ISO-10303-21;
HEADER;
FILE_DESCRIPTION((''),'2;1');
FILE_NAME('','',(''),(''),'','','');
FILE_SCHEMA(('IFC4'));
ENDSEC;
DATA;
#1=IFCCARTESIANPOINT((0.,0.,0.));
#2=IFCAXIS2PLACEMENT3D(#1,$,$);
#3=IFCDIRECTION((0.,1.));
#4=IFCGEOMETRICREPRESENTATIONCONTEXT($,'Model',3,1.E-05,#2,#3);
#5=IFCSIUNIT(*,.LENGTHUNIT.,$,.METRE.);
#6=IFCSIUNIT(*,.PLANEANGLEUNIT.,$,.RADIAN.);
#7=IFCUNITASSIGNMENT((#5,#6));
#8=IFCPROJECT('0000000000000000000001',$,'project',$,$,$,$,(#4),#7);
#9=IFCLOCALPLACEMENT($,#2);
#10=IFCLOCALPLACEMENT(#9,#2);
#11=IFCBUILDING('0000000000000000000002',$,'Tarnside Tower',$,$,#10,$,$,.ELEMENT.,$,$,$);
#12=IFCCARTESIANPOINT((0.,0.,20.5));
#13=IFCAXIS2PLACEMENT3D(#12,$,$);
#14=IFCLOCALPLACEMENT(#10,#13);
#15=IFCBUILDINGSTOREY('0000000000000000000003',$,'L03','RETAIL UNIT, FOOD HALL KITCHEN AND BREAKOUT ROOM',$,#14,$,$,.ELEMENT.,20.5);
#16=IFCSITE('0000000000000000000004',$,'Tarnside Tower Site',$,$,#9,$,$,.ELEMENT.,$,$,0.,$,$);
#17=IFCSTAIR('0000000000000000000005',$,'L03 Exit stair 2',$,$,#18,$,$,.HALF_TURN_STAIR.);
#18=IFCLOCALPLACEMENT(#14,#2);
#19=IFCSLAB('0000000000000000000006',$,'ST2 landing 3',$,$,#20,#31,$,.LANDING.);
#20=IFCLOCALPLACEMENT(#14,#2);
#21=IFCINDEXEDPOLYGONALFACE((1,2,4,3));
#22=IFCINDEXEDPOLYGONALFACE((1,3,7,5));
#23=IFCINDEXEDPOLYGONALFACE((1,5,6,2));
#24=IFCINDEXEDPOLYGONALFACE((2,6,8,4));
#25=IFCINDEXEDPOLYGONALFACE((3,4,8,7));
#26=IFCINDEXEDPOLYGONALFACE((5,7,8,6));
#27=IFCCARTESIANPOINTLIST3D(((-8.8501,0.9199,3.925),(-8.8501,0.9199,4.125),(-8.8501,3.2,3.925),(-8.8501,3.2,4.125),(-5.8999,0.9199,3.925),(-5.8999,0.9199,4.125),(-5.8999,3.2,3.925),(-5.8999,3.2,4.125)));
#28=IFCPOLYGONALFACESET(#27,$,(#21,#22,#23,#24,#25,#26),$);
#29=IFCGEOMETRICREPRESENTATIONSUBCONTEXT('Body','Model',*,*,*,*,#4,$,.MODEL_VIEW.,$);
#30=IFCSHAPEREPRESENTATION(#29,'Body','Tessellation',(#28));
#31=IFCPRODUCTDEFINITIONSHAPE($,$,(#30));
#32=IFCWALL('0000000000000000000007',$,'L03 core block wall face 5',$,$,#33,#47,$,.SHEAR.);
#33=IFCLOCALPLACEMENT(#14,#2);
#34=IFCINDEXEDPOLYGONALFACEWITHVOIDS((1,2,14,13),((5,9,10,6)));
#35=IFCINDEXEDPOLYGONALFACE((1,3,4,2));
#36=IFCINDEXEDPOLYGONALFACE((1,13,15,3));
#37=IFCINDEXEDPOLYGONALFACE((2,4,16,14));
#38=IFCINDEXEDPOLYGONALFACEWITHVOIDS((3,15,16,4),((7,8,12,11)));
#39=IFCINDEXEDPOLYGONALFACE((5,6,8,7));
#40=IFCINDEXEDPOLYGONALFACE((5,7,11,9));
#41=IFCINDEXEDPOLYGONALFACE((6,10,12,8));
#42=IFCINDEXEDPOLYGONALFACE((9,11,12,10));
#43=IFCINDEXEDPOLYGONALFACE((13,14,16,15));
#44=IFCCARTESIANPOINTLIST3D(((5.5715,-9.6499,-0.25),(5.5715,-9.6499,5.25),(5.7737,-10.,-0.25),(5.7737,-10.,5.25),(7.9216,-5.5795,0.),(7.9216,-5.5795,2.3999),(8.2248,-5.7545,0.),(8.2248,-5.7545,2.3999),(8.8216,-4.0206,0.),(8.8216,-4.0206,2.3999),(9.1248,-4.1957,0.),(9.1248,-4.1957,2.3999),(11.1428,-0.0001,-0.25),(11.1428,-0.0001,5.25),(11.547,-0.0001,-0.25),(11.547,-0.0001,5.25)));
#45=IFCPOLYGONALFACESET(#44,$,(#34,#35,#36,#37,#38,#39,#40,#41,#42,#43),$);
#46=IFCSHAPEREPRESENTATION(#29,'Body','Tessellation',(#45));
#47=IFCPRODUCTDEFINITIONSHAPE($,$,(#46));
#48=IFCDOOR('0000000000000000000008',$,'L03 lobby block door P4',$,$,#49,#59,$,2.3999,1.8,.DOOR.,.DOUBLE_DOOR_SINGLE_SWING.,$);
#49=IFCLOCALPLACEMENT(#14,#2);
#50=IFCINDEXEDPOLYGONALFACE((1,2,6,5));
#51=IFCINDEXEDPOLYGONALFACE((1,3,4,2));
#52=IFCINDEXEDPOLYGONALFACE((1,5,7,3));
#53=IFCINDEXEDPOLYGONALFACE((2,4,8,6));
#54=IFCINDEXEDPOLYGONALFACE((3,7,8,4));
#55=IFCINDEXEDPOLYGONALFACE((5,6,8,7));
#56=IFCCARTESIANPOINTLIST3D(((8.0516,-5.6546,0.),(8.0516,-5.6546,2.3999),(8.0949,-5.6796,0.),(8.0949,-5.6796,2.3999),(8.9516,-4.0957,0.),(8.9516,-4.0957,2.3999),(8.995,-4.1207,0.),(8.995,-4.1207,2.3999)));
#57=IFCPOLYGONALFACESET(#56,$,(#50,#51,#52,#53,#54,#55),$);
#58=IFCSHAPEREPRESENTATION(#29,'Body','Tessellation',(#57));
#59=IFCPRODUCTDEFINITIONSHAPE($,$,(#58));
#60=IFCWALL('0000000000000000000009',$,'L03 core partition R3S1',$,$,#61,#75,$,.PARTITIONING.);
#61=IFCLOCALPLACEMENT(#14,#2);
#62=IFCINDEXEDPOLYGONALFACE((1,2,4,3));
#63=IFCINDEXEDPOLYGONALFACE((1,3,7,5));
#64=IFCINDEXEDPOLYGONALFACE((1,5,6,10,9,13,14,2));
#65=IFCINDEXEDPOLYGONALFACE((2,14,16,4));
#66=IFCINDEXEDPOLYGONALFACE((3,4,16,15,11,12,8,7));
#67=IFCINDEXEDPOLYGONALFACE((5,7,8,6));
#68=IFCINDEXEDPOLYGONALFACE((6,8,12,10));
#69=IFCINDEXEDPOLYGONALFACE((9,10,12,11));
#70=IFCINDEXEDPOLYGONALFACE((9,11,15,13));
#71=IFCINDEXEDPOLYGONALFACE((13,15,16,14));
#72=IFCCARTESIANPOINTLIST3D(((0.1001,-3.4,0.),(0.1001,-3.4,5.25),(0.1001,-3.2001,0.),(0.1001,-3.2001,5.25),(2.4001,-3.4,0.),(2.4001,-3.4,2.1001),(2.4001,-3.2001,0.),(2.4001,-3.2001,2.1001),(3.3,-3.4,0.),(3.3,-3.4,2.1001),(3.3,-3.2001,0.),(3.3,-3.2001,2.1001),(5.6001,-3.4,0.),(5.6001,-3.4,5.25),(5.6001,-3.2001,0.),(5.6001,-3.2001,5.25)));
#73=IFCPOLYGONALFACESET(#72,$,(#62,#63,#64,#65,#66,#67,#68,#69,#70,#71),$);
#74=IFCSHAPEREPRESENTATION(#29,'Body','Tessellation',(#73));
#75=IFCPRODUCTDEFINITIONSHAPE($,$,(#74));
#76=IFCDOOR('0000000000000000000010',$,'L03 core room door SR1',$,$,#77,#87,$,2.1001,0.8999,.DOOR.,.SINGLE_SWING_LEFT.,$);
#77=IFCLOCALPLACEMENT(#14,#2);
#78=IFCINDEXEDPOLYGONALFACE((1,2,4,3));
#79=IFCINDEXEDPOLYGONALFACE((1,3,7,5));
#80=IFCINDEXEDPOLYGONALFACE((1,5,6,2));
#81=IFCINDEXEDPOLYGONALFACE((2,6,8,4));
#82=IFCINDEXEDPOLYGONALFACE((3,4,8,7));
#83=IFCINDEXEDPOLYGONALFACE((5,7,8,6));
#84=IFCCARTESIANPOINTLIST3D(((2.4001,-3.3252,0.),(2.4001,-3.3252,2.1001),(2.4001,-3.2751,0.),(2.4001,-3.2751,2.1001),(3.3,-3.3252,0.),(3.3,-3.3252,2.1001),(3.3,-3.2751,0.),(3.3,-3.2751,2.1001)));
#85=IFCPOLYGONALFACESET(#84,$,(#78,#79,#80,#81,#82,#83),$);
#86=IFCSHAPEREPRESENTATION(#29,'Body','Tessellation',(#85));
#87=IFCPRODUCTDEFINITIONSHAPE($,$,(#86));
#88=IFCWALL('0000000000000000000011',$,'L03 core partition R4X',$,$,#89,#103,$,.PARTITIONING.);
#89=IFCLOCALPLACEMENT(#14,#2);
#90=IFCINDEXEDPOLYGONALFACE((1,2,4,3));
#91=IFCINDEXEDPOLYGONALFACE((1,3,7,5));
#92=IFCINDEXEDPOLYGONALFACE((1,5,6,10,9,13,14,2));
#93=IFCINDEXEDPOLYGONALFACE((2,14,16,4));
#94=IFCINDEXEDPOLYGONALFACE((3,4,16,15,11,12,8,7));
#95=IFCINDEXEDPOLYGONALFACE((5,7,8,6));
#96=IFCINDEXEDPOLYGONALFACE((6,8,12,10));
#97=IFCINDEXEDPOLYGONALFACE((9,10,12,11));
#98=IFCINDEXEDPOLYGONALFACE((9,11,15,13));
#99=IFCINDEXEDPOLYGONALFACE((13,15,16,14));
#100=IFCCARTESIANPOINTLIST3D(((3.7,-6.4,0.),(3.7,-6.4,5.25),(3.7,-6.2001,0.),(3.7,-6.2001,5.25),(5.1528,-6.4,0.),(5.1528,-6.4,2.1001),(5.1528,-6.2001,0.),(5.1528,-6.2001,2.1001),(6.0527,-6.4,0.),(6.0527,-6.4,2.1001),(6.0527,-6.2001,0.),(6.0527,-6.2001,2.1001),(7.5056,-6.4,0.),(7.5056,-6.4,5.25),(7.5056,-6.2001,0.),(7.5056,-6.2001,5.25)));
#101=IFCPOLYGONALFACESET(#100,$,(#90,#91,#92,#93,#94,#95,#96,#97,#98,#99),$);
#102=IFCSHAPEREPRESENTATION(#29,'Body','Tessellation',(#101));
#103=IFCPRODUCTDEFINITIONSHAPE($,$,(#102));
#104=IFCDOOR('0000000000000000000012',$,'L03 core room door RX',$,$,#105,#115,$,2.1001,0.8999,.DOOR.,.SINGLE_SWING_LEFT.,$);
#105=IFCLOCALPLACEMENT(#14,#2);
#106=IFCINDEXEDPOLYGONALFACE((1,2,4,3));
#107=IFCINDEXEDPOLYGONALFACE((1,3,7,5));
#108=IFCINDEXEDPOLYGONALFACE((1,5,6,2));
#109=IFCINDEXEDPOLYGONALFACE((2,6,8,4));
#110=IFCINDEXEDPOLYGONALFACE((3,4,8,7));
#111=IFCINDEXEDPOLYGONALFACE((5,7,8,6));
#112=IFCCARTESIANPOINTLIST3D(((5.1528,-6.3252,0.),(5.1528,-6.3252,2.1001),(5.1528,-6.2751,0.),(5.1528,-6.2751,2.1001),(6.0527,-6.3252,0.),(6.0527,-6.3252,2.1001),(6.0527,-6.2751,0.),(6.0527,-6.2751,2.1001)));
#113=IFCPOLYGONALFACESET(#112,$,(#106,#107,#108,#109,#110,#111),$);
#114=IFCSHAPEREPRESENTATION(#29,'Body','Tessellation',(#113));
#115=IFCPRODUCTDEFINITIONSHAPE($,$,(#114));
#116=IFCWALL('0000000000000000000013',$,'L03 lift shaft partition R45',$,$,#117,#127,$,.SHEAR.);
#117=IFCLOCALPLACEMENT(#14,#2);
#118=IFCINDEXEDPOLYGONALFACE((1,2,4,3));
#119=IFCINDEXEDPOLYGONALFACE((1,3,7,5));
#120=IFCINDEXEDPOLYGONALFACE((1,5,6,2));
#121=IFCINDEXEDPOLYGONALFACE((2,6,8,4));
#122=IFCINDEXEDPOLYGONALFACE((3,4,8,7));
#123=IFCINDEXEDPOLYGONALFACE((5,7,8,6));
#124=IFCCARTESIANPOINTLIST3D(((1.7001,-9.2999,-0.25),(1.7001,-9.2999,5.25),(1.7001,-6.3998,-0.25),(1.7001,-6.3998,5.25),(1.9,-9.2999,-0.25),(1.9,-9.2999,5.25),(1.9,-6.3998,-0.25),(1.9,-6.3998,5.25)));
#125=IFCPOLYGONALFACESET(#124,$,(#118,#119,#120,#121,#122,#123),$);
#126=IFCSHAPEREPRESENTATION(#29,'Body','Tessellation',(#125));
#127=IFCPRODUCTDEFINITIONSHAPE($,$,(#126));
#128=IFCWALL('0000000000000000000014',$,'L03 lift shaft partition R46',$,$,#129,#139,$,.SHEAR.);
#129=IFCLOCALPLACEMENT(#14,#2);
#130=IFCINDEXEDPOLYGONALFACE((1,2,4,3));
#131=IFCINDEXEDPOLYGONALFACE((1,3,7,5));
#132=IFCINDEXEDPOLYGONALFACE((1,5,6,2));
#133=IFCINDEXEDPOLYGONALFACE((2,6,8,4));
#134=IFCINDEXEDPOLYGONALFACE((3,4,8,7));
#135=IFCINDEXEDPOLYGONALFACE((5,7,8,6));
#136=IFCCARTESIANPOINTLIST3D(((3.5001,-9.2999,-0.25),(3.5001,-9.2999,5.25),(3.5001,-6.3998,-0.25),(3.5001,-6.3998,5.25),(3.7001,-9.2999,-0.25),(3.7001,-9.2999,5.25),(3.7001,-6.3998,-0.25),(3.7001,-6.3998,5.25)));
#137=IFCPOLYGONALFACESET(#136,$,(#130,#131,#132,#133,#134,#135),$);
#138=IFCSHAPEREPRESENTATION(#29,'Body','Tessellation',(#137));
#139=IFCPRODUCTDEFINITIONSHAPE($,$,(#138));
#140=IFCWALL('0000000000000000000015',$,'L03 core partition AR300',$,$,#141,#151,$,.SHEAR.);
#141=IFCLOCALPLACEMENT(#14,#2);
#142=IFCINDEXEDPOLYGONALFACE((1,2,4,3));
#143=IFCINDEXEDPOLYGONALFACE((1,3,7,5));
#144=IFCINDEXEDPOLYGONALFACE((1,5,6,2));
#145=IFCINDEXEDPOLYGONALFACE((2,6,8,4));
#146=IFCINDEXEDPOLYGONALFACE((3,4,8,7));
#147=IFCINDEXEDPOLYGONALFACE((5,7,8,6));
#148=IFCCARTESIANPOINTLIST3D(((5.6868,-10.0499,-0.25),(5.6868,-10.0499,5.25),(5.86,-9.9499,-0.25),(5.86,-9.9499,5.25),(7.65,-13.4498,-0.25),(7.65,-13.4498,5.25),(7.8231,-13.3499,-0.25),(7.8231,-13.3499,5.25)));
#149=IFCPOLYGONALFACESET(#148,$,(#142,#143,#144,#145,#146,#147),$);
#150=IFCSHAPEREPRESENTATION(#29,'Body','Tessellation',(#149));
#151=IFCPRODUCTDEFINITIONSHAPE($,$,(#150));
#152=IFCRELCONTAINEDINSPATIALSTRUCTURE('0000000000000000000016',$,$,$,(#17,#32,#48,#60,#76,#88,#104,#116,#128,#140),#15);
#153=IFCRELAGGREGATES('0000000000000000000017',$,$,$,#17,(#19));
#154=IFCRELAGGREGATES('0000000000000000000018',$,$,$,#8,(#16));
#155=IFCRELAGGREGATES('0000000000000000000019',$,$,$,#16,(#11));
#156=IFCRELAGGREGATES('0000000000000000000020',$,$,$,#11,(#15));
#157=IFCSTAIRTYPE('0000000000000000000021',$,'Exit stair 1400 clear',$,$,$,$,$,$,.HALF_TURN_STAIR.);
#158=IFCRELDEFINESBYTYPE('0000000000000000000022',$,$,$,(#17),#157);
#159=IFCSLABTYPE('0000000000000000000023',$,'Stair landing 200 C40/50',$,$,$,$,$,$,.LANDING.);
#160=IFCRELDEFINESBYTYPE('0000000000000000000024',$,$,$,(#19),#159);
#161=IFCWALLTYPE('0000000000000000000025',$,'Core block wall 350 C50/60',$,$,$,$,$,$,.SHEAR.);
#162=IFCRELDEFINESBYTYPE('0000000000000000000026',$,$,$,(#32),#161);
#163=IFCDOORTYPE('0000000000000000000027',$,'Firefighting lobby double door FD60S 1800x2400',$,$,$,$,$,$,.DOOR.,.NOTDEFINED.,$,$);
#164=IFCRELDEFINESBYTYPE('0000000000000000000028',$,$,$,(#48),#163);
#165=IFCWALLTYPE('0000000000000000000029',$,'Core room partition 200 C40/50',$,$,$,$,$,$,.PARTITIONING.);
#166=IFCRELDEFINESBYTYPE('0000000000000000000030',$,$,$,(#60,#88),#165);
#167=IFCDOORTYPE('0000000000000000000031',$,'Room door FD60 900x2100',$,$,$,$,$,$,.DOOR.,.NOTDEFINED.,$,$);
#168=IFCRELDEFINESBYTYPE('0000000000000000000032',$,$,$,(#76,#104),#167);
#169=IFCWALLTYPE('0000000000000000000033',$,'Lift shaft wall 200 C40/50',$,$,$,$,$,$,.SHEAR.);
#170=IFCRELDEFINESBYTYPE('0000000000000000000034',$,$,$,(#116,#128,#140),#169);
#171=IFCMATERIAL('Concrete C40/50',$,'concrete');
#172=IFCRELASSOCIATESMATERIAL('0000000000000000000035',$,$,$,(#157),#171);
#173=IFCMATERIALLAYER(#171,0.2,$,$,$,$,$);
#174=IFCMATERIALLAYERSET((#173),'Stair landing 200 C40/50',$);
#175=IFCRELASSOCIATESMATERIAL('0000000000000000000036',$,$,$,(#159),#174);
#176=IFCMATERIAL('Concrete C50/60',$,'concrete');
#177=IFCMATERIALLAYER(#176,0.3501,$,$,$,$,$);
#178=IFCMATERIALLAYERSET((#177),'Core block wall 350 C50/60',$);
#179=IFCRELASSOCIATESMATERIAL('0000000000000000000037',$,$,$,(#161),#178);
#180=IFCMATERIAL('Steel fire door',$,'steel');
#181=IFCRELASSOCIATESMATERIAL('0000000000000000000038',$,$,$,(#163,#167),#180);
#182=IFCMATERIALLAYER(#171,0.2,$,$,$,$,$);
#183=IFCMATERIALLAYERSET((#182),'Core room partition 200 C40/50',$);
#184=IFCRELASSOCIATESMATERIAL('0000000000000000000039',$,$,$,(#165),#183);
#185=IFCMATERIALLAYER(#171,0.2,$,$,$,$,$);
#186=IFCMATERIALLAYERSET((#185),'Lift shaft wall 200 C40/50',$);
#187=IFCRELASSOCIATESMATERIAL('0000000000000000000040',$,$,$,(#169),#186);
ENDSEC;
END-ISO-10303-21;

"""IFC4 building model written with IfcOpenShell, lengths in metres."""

from ifc_helpers import new_model, si_unit, direction, frame, frame_2d, origin, place, context, subcontext, project, spatial, polyline, rectangle, outline, extrude, material, layer, layer_set, type_object, element, fill, aggregate, save


model = new_model("IFC4")

# Units and contexts
model_context = context("Model", 3, precision=1e-05, world=origin(), true_north=direction((0.0, 1.0)))
body_context = subcontext(model_context, "Body", "Model", "MODEL_VIEW")
ifc_project = project(units=[si_unit("LENGTHUNIT", "METRE"), si_unit("PLANEANGLEUNIT", "RADIAN")], contexts=[model_context])

# Site, building, storey
site_placement = place(None, origin())
site = spatial("IfcSite", under=ifc_project, at=site_placement, Name="Tarnside Tower Site", CompositionType="ELEMENT", RefElevation=0.0)
building_placement = place(site_placement, origin())
building = spatial("IfcBuilding", under=site, at=building_placement, Name="Tarnside Tower", CompositionType="ELEMENT")
storey_placement = place(building_placement, frame((0.0, 0.0, 20.5)))
storey = spatial("IfcBuildingStorey", under=building, at=storey_placement, Name="L03", Description="RETAIL UNIT, FOOD HALL KITCHEN AND BREAKOUT ROOM", CompositionType="ELEMENT", Elevation=20.5)

# Shared definitions
ifc_material_1 = material(Name="Concrete C40/50", Category="concrete")

# Stair, slab
stair_type_1 = type_object("IfcStairType", Name="Exit stair 1400 clear", PredefinedType="HALF_TURN_STAIR", material=ifc_material_1)
stair_1_placement = place(storey_placement, origin())
stair_1 = element("IfcStair", 1, at=stair_1_placement, inside=storey, type_object=stair_type_1, Name="L03 Exit stair 2", PredefinedType="HALF_TURN_STAIR")
ifc_layer_1 = layer(ifc_material_1, 0.2)
ifc_layer_set_1 = layer_set([ifc_layer_1], Name="Stair landing 200 C40/50")
slab_type_1 = type_object("IfcSlabType", Name="Stair landing 200 C40/50", PredefinedType="LANDING", material=ifc_layer_set_1)
slab_1_placement = place(storey_placement, frame((0.0, 0.0, 3.925)))
slab_1 = element("IfcSlab", 2, at=slab_1_placement, type_object=slab_type_1, Name="ST2 landing 3", PredefinedType="LANDING", context=body_context, shape_type="SweptSolid", body=[
    extrude(outline(polyline([(-5.8999, 0.9199), (-5.8999, 3.2), (-8.8501, 3.2), (-8.8501, 0.9199), (-5.8999, 0.9199)])), origin(), (0.0, 0.0, 1.0), 0.2),
])
aggregate(stair_1, [slab_1])

# Walls, openings, doors
ifc_material_2 = material(Name="Concrete C50/60", Category="concrete")
ifc_layer_2 = layer(ifc_material_2, 0.3501)
ifc_layer_set_2 = layer_set([ifc_layer_2], Name="Core block wall 350 C50/60")
wall_type_1 = type_object("IfcWallType", Name="Core block wall 350 C50/60", PredefinedType="SHEAR", material=ifc_layer_set_2)
wall_1_placement = place(storey_placement, frame((5.6726, -9.825, -0.25), z_axis=(0.0, 0.0, 1.0), x_axis=(0.499995, 0.866028, 0.0)))
wall_1 = element("IfcWall", 3, at=wall_1_placement, inside=storey, type_object=wall_type_1, Name="L03 core block wall face 5", PredefinedType="SHEAR", context=body_context, shape_type="SweptSolid", body=[
    extrude(outline(polyline([(-0.1011, -0.175), (11.4458, -0.175), (11.2437, 0.175), (0.1011, 0.175), (-0.1011, -0.175)])), origin(), (0.0, 0.0, 1.0), 5.5),
])
opening_1_placement = place(wall_1_placement, frame((4.8013, 0.0, 0.25)))
opening_1 = element("IfcOpeningElement", 4, at=opening_1_placement, cuts=wall_1, PredefinedType="OPENING", context=body_context, shape_type="SweptSolid", body=[
    extrude(rectangle(XDim=1.8, YDim=2.3999, at=frame_2d((0.8999, 1.2))), frame((0.0, 0.1851, 0.0), z_axis=(0.0, -1.0, 0.0), x_axis=(1.0, 0.0, 0.0)), (0.0, 0.0, 1.0), 0.3701),
])
ifc_material_3 = material(Name="Steel fire door", Category="steel")
door_type_1 = type_object("IfcDoorType", Name="Firefighting lobby double door FD60S 1800x2400", OperationType="NOTDEFINED", PredefinedType="DOOR", material=ifc_material_3)
door_1_placement = place(opening_1_placement, origin())
door_1 = element("IfcDoor", 5, at=door_1_placement, inside=storey, type_object=door_type_1, Name="L03 lobby block door P4", OperationType="DOUBLE_DOOR_SINGLE_SWING", OverallHeight=2.3999, OverallWidth=1.8, PredefinedType="DOOR", context=body_context, shape_type="SweptSolid", body=[
    extrude(rectangle(XDim=1.8, YDim=2.3999, at=frame_2d((0.8999, 1.2))), frame((0.0, 0.0249, 0.0), z_axis=(0.0, -1.0, 0.0), x_axis=(1.0, 0.0, 0.0)), (0.0, 0.0, 1.0), 0.05),
])
fill(opening_1, door_1)
ifc_layer_3 = layer(ifc_material_1, 0.2)
ifc_layer_set_3 = layer_set([ifc_layer_3], Name="Core room partition 200 C40/50")
wall_type_2 = type_object("IfcWallType", Name="Core room partition 200 C40/50", PredefinedType="PARTITIONING", material=ifc_layer_set_3)
wall_2_placement = place(storey_placement, frame((0.1001, -3.3, 0.0), z_axis=(0.0, 0.0, 1.0), x_axis=(1.0, 0.0, 0.0)))
wall_2 = element("IfcWall", 6, at=wall_2_placement, inside=storey, type_object=wall_type_2, Name="L03 core partition R3S1", PredefinedType="PARTITIONING", context=body_context, shape_type="SweptSolid", body=[
    extrude(rectangle(XDim=5.5, YDim=0.2, at=frame_2d((2.75, 0.0))), origin(), (0.0, 0.0, 1.0), 5.25),
])
opening_2_placement = place(wall_2_placement, frame((2.3, 0.0, 0.0)))
opening_2 = element("IfcOpeningElement", 7, at=opening_2_placement, cuts=wall_2, PredefinedType="OPENING", context=body_context, shape_type="SweptSolid", body=[
    extrude(rectangle(XDim=0.8999, YDim=2.1001, at=frame_2d((0.45, 1.05))), frame((0.0, 0.1099, 0.0), z_axis=(0.0, -1.0, 0.0), x_axis=(1.0, 0.0, 0.0)), (0.0, 0.0, 1.0), 0.22),
])
door_type_2 = type_object("IfcDoorType", Name="Room door FD60 900x2100", OperationType="NOTDEFINED", PredefinedType="DOOR", material=ifc_material_3)
door_2_placement = place(opening_2_placement, origin())
door_2 = element("IfcDoor", 8, at=door_2_placement, inside=storey, type_object=door_type_2, Name="L03 core room door SR1", OperationType="SINGLE_SWING_LEFT", OverallHeight=2.1001, OverallWidth=0.8999, PredefinedType="DOOR", context=body_context, shape_type="SweptSolid", body=[
    extrude(rectangle(XDim=0.8999, YDim=2.1001, at=frame_2d((0.45, 1.05))), frame((0.0, 0.0249, 0.0), z_axis=(0.0, -1.0, 0.0), x_axis=(1.0, 0.0, 0.0)), (0.0, 0.0, 1.0), 0.05),
])
fill(opening_2, door_2)
wall_3_placement = place(storey_placement, frame((3.7, -6.3, 0.0), z_axis=(0.0, 0.0, 1.0), x_axis=(1.0, 0.0, 0.0)))
wall_3 = element("IfcWall", 9, at=wall_3_placement, inside=storey, type_object=wall_type_2, Name="L03 core partition R4X", PredefinedType="PARTITIONING", context=body_context, shape_type="SweptSolid", body=[
    extrude(rectangle(XDim=3.8057, YDim=0.2, at=frame_2d((1.9028, 0.0))), origin(), (0.0, 0.0, 1.0), 5.25),
])
opening_3_placement = place(wall_3_placement, frame((1.4529, 0.0, 0.0)))
opening_3 = element("IfcOpeningElement", 10, at=opening_3_placement, cuts=wall_3, PredefinedType="OPENING", context=body_context, shape_type="SweptSolid", body=[
    extrude(rectangle(XDim=0.8999, YDim=2.1001, at=frame_2d((0.45, 1.05))), frame((0.0, 0.1099, 0.0), z_axis=(0.0, -1.0, 0.0), x_axis=(1.0, 0.0, 0.0)), (0.0, 0.0, 1.0), 0.22),
])
door_3_placement = place(opening_3_placement, origin())
door_3 = element("IfcDoor", 11, at=door_3_placement, inside=storey, type_object=door_type_2, Name="L03 core room door RX", OperationType="SINGLE_SWING_LEFT", OverallHeight=2.1001, OverallWidth=0.8999, PredefinedType="DOOR", context=body_context, shape_type="SweptSolid", body=[
    extrude(rectangle(XDim=0.8999, YDim=2.1001, at=frame_2d((0.45, 1.05))), frame((0.0, 0.0249, 0.0), z_axis=(0.0, -1.0, 0.0), x_axis=(1.0, 0.0, 0.0)), (0.0, 0.0, 1.0), 0.05),
])
fill(opening_3, door_3)

# Walls
ifc_layer_4 = layer(ifc_material_1, 0.2)
ifc_layer_set_4 = layer_set([ifc_layer_4], Name="Lift shaft wall 200 C40/50")
wall_type_3 = type_object("IfcWallType", Name="Lift shaft wall 200 C40/50", PredefinedType="SHEAR", material=ifc_layer_set_4)
for number, where, z_axis, x_axis, name in (
    (12, (1.8, -9.3, -0.25), (0.0, 0.0, 1.0), (0.0, 1.0, 0.0), "L03 lift shaft partition R45"),
    (13, (3.6001, -9.3, -0.25), (0.0, 0.0, 1.0), (0.0, 1.0, 0.0), "L03 lift shaft partition R46"),
):
    element("IfcWall", number, at=place(storey_placement, frame(where, z_axis=z_axis, x_axis=x_axis)), inside=storey, type_object=wall_type_3, Name=name, PredefinedType="SHEAR", context=body_context, shape_type="SweptSolid", body=[
        extrude(rectangle(XDim=2.9001, YDim=0.2, at=frame_2d((1.4502, 0.0))), origin(), (0.0, 0.0, 1.0), 5.5),
    ])
wall_4_placement = place(storey_placement, frame((5.7734, -10.0, -0.25), z_axis=(0.0, 0.0, 1.0), x_axis=(0.500038, -0.866003, 0.0)))
element("IfcWall", 14, at=wall_4_placement, inside=storey, type_object=wall_type_3, Name="L03 core partition AR300", PredefinedType="SHEAR", context=body_context, shape_type="SweptSolid", body=[
    extrude(rectangle(XDim=3.926, YDim=0.2, at=frame_2d((1.9629, 0.0))), origin(), (0.0, 0.0, 1.0), 5.5),
])

save(model, "model.ifc")
